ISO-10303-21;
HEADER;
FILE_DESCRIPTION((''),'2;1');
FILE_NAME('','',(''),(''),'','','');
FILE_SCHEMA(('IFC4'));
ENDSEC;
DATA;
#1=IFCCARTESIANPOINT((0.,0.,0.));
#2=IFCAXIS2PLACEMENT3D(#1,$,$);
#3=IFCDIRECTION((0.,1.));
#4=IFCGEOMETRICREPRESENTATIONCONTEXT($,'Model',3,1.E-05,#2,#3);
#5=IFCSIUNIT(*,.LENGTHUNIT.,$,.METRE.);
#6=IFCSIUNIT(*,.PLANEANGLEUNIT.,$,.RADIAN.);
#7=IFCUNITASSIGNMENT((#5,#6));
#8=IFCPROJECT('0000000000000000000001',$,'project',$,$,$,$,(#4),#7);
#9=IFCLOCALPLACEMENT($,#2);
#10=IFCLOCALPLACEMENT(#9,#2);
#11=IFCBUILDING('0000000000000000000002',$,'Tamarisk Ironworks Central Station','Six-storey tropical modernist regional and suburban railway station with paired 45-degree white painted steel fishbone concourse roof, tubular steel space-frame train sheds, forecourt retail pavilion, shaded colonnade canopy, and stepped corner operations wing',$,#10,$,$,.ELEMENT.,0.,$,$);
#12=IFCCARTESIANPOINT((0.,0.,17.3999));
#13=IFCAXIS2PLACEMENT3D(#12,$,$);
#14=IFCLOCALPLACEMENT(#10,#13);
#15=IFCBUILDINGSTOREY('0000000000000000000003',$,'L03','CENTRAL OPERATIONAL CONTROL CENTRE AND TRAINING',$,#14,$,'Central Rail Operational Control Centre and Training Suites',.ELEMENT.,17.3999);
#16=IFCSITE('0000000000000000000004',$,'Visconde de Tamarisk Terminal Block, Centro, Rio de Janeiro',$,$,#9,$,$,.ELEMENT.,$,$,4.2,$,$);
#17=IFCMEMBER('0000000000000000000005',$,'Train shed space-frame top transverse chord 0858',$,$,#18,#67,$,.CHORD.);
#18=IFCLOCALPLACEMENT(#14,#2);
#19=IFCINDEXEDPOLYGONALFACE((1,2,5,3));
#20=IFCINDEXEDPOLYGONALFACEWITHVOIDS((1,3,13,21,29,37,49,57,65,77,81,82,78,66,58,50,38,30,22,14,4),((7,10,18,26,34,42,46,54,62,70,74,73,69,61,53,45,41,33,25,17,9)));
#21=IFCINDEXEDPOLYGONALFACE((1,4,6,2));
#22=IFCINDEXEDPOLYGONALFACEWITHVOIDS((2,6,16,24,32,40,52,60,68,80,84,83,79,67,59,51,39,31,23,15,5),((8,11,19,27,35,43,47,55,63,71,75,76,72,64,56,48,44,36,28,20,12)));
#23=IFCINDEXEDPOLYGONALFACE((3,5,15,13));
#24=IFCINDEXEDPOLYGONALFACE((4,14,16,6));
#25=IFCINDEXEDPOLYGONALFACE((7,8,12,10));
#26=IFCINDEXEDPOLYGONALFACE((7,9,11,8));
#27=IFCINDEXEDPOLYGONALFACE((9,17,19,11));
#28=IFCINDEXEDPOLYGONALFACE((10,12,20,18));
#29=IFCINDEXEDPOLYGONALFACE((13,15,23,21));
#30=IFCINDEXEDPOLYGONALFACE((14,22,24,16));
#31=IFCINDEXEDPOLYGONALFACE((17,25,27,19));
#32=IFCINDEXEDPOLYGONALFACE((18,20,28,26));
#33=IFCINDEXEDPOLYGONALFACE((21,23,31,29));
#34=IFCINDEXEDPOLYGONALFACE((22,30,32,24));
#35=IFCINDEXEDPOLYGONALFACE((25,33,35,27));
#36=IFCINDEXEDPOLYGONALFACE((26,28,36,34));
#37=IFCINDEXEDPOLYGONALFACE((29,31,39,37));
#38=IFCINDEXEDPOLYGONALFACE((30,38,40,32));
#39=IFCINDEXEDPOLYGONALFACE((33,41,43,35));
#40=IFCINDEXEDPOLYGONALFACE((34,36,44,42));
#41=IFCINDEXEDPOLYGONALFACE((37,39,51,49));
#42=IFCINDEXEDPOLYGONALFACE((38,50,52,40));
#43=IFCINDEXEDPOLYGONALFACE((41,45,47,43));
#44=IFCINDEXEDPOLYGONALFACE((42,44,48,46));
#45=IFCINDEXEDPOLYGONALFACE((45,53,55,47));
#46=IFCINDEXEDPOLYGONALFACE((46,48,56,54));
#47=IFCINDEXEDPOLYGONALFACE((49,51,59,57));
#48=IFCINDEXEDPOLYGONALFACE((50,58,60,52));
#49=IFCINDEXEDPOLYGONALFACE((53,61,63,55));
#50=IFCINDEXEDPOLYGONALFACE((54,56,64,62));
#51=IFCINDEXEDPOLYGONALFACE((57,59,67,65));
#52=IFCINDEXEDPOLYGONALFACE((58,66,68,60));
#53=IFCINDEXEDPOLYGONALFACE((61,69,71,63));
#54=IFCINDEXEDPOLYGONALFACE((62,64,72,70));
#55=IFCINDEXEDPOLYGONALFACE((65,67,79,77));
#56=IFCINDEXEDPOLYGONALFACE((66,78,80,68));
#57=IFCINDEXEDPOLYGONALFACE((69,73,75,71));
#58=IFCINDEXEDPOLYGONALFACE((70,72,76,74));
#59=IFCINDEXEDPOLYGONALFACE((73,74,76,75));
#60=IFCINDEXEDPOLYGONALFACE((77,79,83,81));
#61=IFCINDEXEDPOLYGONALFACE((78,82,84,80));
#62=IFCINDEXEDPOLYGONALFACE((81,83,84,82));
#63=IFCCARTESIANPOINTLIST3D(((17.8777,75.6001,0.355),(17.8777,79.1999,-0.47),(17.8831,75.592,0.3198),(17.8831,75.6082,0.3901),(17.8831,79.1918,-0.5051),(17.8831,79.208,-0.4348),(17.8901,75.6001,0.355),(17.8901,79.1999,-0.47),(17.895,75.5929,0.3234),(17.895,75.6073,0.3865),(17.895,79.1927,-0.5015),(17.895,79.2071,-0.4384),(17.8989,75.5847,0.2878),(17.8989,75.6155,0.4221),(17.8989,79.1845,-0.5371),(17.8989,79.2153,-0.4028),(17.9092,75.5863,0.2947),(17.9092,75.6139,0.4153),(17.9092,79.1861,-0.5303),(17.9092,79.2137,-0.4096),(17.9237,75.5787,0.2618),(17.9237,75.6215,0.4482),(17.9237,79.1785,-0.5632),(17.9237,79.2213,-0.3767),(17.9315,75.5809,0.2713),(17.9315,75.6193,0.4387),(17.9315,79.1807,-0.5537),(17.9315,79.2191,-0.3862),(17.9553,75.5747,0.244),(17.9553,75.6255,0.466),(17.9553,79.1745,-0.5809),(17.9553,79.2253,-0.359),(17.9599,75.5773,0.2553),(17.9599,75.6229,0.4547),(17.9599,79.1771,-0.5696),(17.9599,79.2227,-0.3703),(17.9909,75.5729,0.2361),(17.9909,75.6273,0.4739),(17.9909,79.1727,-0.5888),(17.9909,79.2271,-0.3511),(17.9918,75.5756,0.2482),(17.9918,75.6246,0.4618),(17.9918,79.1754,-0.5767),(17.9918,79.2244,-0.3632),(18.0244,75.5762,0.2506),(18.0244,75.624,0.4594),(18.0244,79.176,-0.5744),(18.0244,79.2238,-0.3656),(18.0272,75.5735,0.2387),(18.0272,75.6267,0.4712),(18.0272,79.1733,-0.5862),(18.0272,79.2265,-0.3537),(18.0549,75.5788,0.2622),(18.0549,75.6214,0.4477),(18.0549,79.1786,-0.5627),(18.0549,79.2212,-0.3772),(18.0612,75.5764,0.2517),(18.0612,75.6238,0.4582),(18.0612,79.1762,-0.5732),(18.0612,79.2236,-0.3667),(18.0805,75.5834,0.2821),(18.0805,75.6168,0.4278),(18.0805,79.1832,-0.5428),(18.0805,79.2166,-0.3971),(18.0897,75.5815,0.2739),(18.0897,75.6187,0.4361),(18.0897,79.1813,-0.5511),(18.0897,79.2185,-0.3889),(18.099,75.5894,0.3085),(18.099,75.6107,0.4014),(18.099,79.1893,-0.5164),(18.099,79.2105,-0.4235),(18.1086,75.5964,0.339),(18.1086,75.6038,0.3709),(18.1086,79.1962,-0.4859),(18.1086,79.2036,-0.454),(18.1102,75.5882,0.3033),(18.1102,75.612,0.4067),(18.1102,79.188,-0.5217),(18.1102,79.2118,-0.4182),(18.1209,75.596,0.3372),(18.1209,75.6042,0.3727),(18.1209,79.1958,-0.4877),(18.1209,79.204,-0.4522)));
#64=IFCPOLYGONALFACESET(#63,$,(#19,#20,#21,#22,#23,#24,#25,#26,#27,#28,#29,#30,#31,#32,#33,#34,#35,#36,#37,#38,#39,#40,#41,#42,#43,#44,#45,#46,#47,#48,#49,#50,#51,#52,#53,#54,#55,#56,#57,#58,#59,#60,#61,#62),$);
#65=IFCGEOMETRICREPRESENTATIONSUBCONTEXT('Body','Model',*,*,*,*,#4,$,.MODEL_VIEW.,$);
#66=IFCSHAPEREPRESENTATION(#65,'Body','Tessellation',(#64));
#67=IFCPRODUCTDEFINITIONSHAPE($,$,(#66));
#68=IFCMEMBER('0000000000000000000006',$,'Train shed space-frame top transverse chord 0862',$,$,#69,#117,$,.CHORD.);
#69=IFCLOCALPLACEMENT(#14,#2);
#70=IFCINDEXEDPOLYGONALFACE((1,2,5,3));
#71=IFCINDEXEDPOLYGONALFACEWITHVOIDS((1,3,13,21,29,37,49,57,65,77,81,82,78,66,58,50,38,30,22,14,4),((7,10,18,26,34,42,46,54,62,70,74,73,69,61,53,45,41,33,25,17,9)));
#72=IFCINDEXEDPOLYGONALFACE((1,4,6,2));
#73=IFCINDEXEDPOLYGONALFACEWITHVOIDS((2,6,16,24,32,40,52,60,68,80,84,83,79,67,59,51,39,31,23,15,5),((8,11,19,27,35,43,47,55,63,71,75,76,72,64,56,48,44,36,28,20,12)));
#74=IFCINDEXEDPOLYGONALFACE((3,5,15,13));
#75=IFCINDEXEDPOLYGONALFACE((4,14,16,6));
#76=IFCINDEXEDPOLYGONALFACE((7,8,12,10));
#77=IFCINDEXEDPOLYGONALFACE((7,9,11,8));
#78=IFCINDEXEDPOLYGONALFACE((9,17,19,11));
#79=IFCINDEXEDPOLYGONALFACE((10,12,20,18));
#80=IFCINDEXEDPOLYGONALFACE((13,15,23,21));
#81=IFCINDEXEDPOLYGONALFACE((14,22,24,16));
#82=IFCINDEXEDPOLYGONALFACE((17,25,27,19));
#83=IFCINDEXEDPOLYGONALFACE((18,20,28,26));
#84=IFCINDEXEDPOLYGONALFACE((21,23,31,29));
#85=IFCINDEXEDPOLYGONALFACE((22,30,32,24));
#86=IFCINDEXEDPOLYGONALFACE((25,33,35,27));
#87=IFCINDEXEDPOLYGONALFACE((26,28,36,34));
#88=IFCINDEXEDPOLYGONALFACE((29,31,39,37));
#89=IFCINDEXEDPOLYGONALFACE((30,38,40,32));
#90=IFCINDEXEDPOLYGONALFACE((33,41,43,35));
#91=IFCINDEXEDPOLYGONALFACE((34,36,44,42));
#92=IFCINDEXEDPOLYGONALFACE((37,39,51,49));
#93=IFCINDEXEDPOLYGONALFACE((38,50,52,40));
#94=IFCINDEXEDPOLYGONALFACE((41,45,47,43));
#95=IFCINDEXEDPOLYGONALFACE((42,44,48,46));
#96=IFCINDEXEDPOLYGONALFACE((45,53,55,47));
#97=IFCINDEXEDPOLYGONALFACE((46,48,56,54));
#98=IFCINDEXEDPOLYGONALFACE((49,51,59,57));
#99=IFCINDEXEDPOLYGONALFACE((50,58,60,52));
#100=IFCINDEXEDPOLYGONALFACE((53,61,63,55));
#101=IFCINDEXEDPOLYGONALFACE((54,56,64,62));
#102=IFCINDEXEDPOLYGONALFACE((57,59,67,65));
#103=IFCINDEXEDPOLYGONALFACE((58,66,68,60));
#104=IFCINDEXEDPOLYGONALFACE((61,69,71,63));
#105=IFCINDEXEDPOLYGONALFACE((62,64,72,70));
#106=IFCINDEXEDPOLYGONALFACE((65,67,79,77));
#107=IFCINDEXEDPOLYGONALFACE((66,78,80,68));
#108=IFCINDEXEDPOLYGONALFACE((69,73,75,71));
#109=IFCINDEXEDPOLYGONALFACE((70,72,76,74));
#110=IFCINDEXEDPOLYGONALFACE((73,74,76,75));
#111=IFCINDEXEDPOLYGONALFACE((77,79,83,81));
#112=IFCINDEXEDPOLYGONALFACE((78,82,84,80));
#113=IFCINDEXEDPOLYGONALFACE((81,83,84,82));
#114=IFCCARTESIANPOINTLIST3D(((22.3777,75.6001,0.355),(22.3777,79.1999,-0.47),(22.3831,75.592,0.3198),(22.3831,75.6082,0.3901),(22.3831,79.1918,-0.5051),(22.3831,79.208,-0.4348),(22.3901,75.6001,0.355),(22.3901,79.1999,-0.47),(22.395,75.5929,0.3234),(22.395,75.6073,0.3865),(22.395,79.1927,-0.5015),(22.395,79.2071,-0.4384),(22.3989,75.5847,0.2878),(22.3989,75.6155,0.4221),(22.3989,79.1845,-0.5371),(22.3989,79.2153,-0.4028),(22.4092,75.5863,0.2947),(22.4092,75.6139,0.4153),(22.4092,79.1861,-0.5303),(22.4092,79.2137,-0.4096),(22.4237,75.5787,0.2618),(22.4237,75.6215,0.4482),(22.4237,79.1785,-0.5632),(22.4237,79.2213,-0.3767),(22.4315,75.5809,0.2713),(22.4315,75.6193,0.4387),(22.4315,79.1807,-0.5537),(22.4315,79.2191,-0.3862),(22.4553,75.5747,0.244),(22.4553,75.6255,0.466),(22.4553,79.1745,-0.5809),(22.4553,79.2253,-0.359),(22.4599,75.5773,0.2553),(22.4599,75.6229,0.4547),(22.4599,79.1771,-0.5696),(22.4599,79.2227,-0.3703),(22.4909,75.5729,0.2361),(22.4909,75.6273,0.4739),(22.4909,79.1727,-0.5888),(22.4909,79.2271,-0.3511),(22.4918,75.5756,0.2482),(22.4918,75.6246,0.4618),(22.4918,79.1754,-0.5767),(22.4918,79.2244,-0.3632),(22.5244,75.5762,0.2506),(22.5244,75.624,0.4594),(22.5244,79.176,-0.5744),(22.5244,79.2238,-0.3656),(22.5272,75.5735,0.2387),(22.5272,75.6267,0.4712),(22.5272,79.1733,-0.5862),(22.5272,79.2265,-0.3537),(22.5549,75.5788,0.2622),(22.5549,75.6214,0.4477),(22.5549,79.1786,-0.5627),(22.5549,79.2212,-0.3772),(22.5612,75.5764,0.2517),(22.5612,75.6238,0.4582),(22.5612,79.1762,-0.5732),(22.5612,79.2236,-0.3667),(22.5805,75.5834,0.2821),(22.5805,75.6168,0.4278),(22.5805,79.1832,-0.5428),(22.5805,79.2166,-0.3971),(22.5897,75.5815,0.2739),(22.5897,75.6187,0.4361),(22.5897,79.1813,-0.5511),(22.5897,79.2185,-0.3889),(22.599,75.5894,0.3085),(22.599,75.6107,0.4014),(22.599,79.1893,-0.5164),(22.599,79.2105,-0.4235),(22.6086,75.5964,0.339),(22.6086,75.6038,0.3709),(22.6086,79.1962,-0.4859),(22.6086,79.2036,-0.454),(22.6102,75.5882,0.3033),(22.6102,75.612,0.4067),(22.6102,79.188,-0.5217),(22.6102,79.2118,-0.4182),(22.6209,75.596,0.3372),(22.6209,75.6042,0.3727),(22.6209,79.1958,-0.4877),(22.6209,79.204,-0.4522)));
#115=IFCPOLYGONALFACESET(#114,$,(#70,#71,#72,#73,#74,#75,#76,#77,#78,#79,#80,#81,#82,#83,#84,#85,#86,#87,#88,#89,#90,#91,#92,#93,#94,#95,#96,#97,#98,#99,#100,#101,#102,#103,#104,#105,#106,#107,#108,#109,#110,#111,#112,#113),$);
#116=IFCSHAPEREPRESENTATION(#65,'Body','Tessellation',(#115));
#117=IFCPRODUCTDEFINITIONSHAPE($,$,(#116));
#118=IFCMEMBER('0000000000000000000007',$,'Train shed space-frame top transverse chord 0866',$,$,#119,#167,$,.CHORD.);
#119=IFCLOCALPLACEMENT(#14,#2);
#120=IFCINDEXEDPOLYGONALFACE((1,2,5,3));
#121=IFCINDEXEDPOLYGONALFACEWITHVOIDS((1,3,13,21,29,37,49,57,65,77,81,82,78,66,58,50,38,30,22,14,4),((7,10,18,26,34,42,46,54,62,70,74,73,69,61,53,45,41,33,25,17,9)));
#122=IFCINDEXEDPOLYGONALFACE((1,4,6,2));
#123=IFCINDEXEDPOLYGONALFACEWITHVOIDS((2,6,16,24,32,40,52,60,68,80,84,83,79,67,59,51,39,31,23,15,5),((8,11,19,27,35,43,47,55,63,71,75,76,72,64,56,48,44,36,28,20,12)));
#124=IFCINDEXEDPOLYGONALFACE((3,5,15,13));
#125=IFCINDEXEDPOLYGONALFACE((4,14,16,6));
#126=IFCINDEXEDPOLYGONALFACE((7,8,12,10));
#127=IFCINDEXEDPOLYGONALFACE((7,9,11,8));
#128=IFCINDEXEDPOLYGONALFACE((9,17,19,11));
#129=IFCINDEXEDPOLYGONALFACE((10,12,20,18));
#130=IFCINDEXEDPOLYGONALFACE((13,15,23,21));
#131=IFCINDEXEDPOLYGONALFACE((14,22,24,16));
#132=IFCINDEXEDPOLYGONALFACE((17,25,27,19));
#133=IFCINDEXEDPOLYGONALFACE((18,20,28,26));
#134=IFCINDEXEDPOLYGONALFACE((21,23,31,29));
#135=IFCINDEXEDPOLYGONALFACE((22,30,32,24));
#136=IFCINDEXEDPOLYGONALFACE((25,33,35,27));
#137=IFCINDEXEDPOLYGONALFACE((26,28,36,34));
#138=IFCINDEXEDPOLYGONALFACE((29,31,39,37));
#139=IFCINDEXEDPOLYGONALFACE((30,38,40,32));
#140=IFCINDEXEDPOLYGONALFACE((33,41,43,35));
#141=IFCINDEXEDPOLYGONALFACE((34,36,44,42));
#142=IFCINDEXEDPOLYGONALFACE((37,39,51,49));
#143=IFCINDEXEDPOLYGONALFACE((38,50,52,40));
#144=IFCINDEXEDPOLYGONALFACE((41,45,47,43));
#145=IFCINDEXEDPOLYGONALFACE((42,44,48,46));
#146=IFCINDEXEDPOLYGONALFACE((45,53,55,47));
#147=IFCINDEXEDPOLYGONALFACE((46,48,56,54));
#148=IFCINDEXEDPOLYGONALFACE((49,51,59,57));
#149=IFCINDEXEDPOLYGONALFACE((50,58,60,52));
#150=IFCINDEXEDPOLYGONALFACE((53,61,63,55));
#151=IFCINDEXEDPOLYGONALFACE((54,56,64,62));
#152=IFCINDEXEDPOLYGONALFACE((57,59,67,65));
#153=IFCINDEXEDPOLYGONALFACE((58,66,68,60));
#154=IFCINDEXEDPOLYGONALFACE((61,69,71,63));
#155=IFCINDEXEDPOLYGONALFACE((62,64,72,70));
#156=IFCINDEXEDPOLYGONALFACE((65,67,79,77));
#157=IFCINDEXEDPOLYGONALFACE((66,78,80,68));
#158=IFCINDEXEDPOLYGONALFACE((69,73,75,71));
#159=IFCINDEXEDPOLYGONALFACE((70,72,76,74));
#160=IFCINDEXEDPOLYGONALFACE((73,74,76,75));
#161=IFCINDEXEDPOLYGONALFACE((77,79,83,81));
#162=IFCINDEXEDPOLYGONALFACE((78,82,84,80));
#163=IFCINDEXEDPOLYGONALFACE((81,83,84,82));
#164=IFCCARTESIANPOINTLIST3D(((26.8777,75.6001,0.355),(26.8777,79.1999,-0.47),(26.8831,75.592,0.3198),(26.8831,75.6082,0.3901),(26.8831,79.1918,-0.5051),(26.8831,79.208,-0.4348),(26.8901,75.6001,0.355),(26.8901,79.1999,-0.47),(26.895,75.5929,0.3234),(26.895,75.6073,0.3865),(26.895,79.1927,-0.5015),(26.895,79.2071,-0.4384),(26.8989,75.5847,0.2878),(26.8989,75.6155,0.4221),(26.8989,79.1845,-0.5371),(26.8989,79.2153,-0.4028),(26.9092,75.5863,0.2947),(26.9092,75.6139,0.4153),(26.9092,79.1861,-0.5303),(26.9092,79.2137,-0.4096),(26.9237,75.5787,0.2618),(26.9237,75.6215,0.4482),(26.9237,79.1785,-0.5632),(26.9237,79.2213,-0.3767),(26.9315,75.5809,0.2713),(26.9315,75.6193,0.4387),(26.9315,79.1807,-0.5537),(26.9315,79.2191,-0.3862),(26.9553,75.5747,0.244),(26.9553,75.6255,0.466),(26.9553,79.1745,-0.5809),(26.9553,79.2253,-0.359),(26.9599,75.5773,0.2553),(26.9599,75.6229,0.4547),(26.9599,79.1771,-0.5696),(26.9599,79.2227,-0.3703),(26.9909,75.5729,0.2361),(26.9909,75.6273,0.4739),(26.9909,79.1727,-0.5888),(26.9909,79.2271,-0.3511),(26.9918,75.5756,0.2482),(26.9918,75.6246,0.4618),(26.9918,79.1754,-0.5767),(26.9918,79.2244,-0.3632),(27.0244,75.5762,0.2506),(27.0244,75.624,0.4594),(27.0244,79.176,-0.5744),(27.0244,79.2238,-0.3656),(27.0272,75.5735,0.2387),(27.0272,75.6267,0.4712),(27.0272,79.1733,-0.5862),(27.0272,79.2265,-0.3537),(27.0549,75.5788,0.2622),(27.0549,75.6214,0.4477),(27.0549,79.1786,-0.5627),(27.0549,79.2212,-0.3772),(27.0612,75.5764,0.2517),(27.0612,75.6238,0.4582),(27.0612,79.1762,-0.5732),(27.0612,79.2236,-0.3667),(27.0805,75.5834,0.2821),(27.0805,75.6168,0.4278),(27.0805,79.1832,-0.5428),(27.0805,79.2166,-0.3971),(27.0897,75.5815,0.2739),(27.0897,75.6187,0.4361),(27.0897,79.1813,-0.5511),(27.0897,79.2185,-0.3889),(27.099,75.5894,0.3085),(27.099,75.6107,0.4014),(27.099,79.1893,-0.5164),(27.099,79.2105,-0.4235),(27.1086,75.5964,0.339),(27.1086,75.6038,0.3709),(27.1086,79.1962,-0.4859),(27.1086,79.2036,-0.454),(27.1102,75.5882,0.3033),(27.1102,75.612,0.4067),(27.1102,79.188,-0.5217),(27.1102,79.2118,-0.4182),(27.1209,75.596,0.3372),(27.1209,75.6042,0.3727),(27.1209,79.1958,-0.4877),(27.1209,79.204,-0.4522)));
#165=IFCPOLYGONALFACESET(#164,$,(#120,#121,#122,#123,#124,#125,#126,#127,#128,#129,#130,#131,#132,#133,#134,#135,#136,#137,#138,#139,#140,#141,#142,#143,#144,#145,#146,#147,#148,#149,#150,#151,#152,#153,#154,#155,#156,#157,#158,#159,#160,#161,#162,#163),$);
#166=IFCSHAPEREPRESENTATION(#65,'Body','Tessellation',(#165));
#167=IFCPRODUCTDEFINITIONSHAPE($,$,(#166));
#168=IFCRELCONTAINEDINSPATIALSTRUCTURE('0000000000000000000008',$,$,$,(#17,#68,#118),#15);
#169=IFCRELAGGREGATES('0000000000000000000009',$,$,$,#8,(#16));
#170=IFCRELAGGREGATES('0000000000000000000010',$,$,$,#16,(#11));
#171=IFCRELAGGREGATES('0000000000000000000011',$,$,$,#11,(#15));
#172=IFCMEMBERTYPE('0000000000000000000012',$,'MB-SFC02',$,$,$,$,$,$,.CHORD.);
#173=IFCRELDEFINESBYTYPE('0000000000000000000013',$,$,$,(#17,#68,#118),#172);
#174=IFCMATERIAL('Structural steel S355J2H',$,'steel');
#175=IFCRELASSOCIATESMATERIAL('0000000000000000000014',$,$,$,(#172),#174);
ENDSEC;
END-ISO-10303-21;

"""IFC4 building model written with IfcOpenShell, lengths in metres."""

from ifc_helpers import new_model, si_unit, direction, frame, origin, origin_2d, place, context, subcontext, project, spatial, hollow_circle, extrude, material, material_profile, profile_set, type_object, element, save


model = new_model("IFC4")

# Units and contexts
model_context = context("Model", 3, precision=1e-05, world=origin(), true_north=direction((0.0, 1.0)))
body_context = subcontext(model_context, "Body", "Model", "MODEL_VIEW")
ifc_project = project(units=[si_unit("LENGTHUNIT", "METRE"), si_unit("PLANEANGLEUNIT", "RADIAN")], contexts=[model_context])

# Site, building, storey
site_placement = place(None, origin())
site = spatial("IfcSite", under=ifc_project, at=site_placement, Name="Visconde de Tamarisk Terminal Block, Centro, Rio de Janeiro", CompositionType="ELEMENT", RefElevation=4.2)
building_placement = place(site_placement, origin())
building = spatial("IfcBuilding", under=site, at=building_placement, Name="Tamarisk Ironworks Central Station", Description="Six-storey tropical modernist regional and suburban railway station with paired 45-degree white painted steel fishbone concourse roof, tubular steel space-frame train sheds, forecourt retail pavilion, shaded colonnade canopy, and stepped corner operations wing", CompositionType="ELEMENT", ElevationOfRefHeight=0.0)
storey_placement = place(building_placement, frame((0.0, 0.0, 17.3999)))
storey = spatial("IfcBuildingStorey", under=building, at=storey_placement, Name="L03", Description="CENTRAL OPERATIONAL CONTROL CENTRE AND TRAINING", LongName="Central Rail Operational Control Centre and Training Suites", CompositionType="ELEMENT", Elevation=17.3999)

# Members
ifc_material_1 = material(Name="Structural steel S355J2H", Category="steel")
ifc_material_profile_1 = material_profile(ifc_material_1, hollow_circle(Radius=0.1223, WallThickness=0.0125, at=origin_2d()), Name="CHS 244.5x12.5")
ifc_profile_set_1 = profile_set([ifc_material_profile_1], Name="Structural steel S355J2H")
member_type_1 = type_object("IfcMemberType", Name="MB-SFC02", PredefinedType="CHORD", material=ifc_profile_set_1)
for number, where, z_axis, x_axis, name in (
    (1, (18.0, 75.6001, 0.355), (0.0, 0.974733, -0.223372), (-1.0, 0.0, 0.0), "Train shed space-frame top transverse chord 0858"),
    (2, (22.5, 75.6001, 0.355), (0.0, 0.974733, -0.223372), (-1.0, 0.0, 0.0), "Train shed space-frame top transverse chord 0862"),
    (3, (27.0, 75.6001, 0.355), (0.0, 0.974733, -0.223372), (-1.0, 0.0, 0.0), "Train shed space-frame top transverse chord 0866"),
):
    element("IfcMember", number, at=place(storey_placement, frame(where, z_axis=z_axis, x_axis=x_axis)), inside=storey, type_object=member_type_1, Name=name, PredefinedType="CHORD", context=body_context, shape_type="SweptSolid", body=[
        extrude(hollow_circle(Radius=0.1223, WallThickness=0.0125, at=origin_2d()), origin(), (0.0, 0.0, 1.0), 3.6931),
    ])

save(model, "model.ifc")
